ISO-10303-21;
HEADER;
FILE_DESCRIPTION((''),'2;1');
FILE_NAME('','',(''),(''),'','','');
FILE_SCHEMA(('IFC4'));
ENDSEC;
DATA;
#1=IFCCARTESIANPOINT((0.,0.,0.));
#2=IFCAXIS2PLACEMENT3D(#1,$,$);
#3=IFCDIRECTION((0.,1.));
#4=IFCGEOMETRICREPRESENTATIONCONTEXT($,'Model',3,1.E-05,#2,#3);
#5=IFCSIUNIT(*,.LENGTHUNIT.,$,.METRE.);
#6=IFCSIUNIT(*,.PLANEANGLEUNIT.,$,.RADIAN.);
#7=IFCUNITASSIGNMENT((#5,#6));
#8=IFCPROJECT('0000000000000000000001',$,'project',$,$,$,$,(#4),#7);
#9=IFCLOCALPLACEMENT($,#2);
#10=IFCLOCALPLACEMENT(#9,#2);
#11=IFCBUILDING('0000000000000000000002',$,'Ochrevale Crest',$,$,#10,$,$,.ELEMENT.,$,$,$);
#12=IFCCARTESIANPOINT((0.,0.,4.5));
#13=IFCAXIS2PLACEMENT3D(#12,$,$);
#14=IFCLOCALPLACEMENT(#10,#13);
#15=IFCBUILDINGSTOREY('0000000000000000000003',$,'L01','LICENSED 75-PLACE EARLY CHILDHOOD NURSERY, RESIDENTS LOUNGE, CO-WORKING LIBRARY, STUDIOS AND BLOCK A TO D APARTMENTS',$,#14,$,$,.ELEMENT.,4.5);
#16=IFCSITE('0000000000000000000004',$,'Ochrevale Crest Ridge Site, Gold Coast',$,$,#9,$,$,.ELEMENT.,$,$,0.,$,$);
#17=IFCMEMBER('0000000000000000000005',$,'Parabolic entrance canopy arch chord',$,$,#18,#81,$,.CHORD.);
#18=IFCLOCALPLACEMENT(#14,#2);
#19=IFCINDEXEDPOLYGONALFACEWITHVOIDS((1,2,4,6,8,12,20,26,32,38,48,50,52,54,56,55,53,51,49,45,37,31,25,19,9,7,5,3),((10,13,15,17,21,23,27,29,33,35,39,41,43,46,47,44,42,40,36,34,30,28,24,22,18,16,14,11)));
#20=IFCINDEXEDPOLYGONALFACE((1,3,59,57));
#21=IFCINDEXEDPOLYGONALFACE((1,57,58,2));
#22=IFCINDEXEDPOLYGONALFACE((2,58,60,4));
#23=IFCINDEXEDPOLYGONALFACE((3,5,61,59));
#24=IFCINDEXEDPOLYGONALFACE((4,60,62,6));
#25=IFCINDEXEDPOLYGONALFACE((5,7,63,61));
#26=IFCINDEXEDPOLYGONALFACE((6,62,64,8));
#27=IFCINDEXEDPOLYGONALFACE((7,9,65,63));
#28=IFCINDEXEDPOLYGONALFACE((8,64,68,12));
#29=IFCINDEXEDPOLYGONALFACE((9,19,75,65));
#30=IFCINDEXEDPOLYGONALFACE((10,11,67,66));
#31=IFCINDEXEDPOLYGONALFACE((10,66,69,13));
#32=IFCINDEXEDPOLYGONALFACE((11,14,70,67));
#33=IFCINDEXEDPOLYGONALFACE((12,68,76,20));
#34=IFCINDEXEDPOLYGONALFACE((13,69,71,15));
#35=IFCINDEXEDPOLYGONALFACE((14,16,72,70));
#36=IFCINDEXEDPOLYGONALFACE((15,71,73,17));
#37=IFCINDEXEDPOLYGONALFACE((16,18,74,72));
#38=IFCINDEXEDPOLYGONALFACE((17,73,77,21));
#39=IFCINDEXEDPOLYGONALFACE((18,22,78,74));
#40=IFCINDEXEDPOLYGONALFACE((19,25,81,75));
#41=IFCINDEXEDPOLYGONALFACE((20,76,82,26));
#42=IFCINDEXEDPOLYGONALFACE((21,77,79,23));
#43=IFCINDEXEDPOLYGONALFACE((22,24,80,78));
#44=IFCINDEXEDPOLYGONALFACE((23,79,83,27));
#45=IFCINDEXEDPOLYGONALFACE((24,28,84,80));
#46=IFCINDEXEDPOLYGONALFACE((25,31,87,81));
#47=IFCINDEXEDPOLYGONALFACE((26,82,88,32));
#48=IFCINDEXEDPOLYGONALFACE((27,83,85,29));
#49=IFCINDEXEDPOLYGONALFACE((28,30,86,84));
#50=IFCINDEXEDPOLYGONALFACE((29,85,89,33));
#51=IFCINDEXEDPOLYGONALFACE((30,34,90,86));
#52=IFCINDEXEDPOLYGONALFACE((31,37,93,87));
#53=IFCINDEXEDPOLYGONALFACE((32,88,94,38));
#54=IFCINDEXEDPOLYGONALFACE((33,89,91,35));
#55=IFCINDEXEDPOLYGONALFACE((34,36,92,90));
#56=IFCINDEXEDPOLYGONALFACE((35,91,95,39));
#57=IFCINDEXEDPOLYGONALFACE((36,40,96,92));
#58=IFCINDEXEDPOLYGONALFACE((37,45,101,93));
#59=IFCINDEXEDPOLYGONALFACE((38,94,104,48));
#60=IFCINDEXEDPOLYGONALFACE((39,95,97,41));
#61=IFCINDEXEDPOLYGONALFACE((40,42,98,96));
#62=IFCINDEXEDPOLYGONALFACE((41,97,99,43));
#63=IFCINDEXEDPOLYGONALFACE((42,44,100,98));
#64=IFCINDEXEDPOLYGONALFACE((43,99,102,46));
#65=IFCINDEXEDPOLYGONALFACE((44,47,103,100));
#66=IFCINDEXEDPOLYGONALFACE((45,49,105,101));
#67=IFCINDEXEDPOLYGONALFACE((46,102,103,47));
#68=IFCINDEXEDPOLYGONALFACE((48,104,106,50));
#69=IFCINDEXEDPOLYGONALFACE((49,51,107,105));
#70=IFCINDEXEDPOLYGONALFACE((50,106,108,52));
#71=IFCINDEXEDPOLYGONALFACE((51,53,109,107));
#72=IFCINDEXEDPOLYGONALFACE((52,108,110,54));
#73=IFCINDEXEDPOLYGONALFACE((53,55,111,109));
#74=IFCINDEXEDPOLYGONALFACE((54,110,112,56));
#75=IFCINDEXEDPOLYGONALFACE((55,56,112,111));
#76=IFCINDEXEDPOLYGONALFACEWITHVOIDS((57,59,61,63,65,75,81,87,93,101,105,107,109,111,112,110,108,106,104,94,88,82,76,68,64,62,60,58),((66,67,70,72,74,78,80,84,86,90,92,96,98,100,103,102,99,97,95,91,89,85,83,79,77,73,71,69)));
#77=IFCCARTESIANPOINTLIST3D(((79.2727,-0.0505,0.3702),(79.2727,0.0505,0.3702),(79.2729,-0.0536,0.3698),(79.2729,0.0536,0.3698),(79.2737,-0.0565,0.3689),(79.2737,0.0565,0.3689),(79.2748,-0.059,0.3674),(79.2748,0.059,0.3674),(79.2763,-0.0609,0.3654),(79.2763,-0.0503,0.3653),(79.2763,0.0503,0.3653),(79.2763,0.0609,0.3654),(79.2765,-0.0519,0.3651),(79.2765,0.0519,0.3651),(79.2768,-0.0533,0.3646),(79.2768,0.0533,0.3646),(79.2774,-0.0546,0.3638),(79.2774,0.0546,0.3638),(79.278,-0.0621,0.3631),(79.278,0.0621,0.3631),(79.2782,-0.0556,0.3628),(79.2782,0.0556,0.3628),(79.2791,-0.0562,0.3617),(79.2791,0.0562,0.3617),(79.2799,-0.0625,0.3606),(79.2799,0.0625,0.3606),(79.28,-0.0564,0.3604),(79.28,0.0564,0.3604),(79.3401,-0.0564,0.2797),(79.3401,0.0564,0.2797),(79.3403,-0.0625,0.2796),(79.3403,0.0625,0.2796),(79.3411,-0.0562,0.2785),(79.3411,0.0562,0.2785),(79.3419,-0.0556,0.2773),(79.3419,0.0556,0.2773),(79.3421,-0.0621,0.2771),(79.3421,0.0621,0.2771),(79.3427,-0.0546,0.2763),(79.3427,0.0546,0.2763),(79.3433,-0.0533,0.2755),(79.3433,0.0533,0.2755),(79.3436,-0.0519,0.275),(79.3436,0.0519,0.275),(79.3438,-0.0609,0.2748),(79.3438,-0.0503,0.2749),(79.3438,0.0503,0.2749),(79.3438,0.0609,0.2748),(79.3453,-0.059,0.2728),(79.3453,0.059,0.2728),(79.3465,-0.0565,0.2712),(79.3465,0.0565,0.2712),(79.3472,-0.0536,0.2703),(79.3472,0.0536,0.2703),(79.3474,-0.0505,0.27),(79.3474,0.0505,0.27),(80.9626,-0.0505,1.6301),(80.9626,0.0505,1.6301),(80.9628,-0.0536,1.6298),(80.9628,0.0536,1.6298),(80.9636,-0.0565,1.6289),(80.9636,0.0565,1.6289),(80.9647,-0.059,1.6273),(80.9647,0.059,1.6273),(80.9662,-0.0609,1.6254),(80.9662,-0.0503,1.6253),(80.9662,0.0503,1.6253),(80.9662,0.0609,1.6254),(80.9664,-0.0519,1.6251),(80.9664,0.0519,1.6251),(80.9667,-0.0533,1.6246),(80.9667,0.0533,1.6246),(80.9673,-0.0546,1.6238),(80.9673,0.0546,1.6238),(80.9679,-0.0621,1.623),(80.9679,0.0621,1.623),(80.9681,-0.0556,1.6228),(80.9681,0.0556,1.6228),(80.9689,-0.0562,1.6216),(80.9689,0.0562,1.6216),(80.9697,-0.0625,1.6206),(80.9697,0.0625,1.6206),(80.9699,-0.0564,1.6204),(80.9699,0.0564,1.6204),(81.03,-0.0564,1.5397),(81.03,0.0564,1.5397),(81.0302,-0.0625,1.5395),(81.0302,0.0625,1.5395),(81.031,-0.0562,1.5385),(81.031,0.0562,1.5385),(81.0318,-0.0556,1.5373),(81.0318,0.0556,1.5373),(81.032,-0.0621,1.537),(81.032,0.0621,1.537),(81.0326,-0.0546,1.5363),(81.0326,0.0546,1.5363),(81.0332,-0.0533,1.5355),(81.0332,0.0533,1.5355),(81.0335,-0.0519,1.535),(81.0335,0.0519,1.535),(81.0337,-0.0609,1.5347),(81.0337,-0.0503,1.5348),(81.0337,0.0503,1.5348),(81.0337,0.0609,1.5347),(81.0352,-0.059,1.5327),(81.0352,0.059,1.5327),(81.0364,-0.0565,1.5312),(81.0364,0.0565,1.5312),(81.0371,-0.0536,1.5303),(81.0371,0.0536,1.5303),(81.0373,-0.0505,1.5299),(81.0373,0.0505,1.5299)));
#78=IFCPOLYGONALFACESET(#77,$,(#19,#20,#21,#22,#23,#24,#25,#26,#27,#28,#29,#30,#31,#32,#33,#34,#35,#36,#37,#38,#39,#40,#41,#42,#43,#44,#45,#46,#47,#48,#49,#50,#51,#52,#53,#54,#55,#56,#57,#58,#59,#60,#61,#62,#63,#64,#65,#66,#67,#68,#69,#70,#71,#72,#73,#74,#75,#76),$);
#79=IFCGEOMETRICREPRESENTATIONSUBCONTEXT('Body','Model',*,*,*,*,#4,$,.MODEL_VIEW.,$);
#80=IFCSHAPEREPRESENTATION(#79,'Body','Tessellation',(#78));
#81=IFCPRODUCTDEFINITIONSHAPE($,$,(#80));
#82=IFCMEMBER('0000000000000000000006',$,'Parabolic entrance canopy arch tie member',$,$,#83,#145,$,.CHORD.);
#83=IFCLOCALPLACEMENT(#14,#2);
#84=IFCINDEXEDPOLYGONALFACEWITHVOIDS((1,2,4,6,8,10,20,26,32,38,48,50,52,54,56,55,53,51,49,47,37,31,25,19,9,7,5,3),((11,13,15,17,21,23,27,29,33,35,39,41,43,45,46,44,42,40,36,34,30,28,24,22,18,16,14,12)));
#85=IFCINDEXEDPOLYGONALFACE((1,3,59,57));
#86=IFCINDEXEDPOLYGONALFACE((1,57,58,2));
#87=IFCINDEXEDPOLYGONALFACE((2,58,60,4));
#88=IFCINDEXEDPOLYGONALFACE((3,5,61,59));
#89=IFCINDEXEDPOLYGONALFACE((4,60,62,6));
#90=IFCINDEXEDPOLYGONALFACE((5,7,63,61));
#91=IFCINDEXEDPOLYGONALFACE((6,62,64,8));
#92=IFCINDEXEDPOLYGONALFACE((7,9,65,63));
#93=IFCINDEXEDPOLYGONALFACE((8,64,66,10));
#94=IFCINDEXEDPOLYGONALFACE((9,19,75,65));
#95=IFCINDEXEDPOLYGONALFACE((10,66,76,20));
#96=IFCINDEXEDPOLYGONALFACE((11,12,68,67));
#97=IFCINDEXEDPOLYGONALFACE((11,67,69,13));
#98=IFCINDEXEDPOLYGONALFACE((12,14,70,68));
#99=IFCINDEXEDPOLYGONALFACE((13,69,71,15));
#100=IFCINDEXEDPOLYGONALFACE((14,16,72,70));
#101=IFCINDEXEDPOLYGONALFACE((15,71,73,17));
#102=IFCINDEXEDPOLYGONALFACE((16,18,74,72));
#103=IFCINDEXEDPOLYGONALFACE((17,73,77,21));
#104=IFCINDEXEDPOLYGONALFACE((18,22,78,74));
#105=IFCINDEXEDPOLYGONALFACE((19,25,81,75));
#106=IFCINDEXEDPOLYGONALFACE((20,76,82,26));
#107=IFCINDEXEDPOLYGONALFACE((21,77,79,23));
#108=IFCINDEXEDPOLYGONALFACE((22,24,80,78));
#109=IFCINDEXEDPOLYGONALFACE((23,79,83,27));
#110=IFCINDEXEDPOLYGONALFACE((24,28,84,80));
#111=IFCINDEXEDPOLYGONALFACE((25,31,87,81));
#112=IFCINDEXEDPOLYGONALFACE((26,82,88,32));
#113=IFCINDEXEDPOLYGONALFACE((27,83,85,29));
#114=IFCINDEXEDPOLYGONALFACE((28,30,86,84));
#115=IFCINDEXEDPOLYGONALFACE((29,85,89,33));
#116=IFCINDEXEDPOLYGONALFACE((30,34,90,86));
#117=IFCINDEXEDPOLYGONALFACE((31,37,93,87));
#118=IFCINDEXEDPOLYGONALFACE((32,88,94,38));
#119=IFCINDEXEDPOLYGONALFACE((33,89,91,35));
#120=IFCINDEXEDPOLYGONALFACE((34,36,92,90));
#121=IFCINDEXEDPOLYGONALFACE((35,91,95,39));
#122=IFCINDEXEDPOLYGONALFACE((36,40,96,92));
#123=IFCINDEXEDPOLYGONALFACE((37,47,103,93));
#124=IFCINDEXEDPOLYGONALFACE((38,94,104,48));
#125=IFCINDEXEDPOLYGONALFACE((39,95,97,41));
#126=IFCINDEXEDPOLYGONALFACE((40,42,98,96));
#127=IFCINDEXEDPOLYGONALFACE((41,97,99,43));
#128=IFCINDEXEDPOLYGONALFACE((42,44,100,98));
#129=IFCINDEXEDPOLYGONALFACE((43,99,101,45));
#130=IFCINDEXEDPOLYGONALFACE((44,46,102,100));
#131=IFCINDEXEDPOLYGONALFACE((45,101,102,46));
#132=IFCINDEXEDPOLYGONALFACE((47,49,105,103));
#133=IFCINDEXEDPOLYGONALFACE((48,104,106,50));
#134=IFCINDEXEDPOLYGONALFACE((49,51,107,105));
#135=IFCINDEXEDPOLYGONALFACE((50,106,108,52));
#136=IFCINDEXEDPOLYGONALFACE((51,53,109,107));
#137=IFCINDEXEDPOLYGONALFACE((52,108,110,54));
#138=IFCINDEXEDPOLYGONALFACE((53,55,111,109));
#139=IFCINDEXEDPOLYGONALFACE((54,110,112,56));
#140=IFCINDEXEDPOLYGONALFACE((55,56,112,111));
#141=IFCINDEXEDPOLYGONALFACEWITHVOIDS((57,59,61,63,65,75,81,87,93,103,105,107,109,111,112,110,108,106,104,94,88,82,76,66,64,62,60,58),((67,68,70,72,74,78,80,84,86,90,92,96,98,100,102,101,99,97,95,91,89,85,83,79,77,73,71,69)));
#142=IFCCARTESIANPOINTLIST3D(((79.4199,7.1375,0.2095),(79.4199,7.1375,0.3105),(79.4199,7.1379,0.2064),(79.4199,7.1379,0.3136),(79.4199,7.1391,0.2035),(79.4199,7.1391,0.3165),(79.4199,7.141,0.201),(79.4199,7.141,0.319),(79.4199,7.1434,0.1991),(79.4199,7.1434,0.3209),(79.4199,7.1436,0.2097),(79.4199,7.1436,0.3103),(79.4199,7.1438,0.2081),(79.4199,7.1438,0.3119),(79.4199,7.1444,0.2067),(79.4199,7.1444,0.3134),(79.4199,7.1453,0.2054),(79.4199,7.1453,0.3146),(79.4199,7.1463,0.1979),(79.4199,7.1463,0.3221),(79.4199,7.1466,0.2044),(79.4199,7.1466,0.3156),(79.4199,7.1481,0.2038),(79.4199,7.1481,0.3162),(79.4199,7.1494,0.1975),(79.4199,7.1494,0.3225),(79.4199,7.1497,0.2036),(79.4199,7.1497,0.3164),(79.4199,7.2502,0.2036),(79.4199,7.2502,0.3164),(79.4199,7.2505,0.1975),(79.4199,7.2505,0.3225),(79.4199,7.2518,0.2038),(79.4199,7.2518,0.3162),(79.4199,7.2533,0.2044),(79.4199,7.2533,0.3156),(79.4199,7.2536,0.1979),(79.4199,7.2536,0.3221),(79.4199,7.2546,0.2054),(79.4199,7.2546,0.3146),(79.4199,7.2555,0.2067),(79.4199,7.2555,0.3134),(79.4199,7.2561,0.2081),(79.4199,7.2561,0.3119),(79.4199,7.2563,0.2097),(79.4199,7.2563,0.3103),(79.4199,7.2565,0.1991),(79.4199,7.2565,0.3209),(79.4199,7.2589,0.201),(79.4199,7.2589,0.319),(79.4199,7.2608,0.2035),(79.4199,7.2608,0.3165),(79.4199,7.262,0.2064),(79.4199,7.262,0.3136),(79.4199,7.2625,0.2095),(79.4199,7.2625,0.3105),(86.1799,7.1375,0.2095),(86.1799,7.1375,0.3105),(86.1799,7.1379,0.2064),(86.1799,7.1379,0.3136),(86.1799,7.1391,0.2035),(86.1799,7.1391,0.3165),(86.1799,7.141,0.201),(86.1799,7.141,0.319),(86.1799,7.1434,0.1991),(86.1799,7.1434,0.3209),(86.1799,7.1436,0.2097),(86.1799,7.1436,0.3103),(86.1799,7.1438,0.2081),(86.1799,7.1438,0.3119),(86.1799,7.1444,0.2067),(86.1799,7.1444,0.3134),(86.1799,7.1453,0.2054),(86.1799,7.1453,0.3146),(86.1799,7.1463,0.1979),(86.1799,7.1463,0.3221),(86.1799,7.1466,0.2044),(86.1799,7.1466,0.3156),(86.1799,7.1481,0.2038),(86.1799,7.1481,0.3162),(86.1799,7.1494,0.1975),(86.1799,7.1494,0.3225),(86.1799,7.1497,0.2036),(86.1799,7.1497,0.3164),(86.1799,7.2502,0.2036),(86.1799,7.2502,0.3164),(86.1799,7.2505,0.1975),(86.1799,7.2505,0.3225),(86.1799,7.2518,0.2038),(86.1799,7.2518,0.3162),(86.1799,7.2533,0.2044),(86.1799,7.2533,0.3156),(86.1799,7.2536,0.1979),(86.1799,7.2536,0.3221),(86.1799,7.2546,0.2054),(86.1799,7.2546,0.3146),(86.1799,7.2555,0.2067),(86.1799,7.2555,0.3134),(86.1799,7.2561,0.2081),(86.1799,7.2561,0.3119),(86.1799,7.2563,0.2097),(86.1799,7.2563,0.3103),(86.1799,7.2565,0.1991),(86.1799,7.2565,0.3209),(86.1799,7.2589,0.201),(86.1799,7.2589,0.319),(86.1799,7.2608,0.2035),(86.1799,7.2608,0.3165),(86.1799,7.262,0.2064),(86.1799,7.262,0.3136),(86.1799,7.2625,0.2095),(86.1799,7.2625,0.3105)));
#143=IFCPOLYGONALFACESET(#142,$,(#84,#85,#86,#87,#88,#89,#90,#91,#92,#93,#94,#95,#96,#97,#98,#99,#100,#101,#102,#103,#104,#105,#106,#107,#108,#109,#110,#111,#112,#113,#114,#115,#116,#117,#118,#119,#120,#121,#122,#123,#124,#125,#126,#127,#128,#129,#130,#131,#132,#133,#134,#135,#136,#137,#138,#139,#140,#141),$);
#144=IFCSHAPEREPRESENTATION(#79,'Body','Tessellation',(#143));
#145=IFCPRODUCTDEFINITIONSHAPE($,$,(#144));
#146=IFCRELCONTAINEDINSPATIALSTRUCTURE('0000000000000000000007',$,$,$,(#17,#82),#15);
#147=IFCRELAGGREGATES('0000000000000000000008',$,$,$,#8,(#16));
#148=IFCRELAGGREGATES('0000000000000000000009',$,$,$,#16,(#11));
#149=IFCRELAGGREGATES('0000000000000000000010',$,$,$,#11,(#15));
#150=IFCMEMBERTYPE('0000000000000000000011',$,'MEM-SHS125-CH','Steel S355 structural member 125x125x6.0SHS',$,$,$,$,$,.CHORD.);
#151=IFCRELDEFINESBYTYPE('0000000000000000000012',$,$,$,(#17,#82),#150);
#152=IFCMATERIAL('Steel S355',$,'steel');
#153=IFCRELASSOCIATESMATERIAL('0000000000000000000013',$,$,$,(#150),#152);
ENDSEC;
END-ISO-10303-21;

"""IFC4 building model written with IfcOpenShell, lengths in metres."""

from ifc_helpers import new_model, si_unit, direction, frame, origin, origin_2d, place, context, subcontext, project, spatial, hollow_rectangle, extrude, material, material_profile, profile_set, type_object, element, save


model = new_model("IFC4")

# Units and contexts
model_context = context("Model", 3, precision=1e-05, world=origin(), true_north=direction((0.0, 1.0)))
body_context = subcontext(model_context, "Body", "Model", "MODEL_VIEW")
ifc_project = project(units=[si_unit("LENGTHUNIT", "METRE"), si_unit("PLANEANGLEUNIT", "RADIAN")], contexts=[model_context])

# Site, building, storey
site_placement = place(None, origin())
site = spatial("IfcSite", under=ifc_project, at=site_placement, Name="Ochrevale Crest Ridge Site, Gold Coast", CompositionType="ELEMENT", RefElevation=0.0)
building_placement = place(site_placement, origin())
building = spatial("IfcBuilding", under=site, at=building_placement, Name="Ochrevale Crest", CompositionType="ELEMENT")
storey_placement = place(building_placement, frame((0.0, 0.0, 4.5)))
storey = spatial("IfcBuildingStorey", under=building, at=storey_placement, Name="L01", Description="LICENSED 75-PLACE EARLY CHILDHOOD NURSERY, RESIDENTS LOUNGE, CO-WORKING LIBRARY, STUDIOS AND BLOCK A TO D APARTMENTS", CompositionType="ELEMENT", Elevation=4.5)

# Shared definitions
ifc_material_1 = material(Name="Steel S355", Category="steel")

# Members
ifc_material_profile_1 = material_profile(ifc_material_1, hollow_rectangle(XDim=0.125, YDim=0.125, WallThickness=0.0061, InnerFilletRadius=0.0061, OuterFilletRadius=0.012, at=origin_2d()), Name="125x125x6.0SHS")
ifc_profile_set_1 = profile_set([ifc_material_profile_1], Name="Steel S355")
member_type_1 = type_object("IfcMemberType", Name="MEM-SHS125-CH", Description="Steel S355 structural member 125x125x6.0SHS", PredefinedType="CHORD", material=ifc_profile_set_1)
member_1_placement = place(storey_placement, frame((79.3101, 0.0, 0.3201), z_axis=(0.801692, 0.0, 0.597737), x_axis=(0.0, 1.0, 0.0)))
element("IfcMember", 1, at=member_1_placement, inside=storey, type_object=member_type_1, Name="Parabolic entrance canopy arch chord", PredefinedType="CHORD", context=body_context, shape_type="SweptSolid", body=[
    extrude(hollow_rectangle(XDim=0.125, YDim=0.125, WallThickness=0.0061, InnerFilletRadius=0.0061, OuterFilletRadius=0.012, at=origin_2d()), origin(), (0.0, 0.0, 1.0), 2.1079),
])
member_2_placement = place(storey_placement, frame((79.4199, 7.2, 0.26), z_axis=(1.0, 0.0, 0.0), x_axis=(0.0, 1.0, 0.0)))
element("IfcMember", 2, at=member_2_placement, inside=storey, type_object=member_type_1, Name="Parabolic entrance canopy arch tie member", PredefinedType="CHORD", context=body_context, shape_type="SweptSolid", body=[
    extrude(hollow_rectangle(XDim=0.125, YDim=0.125, WallThickness=0.0061, InnerFilletRadius=0.0061, OuterFilletRadius=0.012, at=origin_2d()), origin(), (0.0, 0.0, 1.0), 6.76),
])

save(model, "model.ifc")
